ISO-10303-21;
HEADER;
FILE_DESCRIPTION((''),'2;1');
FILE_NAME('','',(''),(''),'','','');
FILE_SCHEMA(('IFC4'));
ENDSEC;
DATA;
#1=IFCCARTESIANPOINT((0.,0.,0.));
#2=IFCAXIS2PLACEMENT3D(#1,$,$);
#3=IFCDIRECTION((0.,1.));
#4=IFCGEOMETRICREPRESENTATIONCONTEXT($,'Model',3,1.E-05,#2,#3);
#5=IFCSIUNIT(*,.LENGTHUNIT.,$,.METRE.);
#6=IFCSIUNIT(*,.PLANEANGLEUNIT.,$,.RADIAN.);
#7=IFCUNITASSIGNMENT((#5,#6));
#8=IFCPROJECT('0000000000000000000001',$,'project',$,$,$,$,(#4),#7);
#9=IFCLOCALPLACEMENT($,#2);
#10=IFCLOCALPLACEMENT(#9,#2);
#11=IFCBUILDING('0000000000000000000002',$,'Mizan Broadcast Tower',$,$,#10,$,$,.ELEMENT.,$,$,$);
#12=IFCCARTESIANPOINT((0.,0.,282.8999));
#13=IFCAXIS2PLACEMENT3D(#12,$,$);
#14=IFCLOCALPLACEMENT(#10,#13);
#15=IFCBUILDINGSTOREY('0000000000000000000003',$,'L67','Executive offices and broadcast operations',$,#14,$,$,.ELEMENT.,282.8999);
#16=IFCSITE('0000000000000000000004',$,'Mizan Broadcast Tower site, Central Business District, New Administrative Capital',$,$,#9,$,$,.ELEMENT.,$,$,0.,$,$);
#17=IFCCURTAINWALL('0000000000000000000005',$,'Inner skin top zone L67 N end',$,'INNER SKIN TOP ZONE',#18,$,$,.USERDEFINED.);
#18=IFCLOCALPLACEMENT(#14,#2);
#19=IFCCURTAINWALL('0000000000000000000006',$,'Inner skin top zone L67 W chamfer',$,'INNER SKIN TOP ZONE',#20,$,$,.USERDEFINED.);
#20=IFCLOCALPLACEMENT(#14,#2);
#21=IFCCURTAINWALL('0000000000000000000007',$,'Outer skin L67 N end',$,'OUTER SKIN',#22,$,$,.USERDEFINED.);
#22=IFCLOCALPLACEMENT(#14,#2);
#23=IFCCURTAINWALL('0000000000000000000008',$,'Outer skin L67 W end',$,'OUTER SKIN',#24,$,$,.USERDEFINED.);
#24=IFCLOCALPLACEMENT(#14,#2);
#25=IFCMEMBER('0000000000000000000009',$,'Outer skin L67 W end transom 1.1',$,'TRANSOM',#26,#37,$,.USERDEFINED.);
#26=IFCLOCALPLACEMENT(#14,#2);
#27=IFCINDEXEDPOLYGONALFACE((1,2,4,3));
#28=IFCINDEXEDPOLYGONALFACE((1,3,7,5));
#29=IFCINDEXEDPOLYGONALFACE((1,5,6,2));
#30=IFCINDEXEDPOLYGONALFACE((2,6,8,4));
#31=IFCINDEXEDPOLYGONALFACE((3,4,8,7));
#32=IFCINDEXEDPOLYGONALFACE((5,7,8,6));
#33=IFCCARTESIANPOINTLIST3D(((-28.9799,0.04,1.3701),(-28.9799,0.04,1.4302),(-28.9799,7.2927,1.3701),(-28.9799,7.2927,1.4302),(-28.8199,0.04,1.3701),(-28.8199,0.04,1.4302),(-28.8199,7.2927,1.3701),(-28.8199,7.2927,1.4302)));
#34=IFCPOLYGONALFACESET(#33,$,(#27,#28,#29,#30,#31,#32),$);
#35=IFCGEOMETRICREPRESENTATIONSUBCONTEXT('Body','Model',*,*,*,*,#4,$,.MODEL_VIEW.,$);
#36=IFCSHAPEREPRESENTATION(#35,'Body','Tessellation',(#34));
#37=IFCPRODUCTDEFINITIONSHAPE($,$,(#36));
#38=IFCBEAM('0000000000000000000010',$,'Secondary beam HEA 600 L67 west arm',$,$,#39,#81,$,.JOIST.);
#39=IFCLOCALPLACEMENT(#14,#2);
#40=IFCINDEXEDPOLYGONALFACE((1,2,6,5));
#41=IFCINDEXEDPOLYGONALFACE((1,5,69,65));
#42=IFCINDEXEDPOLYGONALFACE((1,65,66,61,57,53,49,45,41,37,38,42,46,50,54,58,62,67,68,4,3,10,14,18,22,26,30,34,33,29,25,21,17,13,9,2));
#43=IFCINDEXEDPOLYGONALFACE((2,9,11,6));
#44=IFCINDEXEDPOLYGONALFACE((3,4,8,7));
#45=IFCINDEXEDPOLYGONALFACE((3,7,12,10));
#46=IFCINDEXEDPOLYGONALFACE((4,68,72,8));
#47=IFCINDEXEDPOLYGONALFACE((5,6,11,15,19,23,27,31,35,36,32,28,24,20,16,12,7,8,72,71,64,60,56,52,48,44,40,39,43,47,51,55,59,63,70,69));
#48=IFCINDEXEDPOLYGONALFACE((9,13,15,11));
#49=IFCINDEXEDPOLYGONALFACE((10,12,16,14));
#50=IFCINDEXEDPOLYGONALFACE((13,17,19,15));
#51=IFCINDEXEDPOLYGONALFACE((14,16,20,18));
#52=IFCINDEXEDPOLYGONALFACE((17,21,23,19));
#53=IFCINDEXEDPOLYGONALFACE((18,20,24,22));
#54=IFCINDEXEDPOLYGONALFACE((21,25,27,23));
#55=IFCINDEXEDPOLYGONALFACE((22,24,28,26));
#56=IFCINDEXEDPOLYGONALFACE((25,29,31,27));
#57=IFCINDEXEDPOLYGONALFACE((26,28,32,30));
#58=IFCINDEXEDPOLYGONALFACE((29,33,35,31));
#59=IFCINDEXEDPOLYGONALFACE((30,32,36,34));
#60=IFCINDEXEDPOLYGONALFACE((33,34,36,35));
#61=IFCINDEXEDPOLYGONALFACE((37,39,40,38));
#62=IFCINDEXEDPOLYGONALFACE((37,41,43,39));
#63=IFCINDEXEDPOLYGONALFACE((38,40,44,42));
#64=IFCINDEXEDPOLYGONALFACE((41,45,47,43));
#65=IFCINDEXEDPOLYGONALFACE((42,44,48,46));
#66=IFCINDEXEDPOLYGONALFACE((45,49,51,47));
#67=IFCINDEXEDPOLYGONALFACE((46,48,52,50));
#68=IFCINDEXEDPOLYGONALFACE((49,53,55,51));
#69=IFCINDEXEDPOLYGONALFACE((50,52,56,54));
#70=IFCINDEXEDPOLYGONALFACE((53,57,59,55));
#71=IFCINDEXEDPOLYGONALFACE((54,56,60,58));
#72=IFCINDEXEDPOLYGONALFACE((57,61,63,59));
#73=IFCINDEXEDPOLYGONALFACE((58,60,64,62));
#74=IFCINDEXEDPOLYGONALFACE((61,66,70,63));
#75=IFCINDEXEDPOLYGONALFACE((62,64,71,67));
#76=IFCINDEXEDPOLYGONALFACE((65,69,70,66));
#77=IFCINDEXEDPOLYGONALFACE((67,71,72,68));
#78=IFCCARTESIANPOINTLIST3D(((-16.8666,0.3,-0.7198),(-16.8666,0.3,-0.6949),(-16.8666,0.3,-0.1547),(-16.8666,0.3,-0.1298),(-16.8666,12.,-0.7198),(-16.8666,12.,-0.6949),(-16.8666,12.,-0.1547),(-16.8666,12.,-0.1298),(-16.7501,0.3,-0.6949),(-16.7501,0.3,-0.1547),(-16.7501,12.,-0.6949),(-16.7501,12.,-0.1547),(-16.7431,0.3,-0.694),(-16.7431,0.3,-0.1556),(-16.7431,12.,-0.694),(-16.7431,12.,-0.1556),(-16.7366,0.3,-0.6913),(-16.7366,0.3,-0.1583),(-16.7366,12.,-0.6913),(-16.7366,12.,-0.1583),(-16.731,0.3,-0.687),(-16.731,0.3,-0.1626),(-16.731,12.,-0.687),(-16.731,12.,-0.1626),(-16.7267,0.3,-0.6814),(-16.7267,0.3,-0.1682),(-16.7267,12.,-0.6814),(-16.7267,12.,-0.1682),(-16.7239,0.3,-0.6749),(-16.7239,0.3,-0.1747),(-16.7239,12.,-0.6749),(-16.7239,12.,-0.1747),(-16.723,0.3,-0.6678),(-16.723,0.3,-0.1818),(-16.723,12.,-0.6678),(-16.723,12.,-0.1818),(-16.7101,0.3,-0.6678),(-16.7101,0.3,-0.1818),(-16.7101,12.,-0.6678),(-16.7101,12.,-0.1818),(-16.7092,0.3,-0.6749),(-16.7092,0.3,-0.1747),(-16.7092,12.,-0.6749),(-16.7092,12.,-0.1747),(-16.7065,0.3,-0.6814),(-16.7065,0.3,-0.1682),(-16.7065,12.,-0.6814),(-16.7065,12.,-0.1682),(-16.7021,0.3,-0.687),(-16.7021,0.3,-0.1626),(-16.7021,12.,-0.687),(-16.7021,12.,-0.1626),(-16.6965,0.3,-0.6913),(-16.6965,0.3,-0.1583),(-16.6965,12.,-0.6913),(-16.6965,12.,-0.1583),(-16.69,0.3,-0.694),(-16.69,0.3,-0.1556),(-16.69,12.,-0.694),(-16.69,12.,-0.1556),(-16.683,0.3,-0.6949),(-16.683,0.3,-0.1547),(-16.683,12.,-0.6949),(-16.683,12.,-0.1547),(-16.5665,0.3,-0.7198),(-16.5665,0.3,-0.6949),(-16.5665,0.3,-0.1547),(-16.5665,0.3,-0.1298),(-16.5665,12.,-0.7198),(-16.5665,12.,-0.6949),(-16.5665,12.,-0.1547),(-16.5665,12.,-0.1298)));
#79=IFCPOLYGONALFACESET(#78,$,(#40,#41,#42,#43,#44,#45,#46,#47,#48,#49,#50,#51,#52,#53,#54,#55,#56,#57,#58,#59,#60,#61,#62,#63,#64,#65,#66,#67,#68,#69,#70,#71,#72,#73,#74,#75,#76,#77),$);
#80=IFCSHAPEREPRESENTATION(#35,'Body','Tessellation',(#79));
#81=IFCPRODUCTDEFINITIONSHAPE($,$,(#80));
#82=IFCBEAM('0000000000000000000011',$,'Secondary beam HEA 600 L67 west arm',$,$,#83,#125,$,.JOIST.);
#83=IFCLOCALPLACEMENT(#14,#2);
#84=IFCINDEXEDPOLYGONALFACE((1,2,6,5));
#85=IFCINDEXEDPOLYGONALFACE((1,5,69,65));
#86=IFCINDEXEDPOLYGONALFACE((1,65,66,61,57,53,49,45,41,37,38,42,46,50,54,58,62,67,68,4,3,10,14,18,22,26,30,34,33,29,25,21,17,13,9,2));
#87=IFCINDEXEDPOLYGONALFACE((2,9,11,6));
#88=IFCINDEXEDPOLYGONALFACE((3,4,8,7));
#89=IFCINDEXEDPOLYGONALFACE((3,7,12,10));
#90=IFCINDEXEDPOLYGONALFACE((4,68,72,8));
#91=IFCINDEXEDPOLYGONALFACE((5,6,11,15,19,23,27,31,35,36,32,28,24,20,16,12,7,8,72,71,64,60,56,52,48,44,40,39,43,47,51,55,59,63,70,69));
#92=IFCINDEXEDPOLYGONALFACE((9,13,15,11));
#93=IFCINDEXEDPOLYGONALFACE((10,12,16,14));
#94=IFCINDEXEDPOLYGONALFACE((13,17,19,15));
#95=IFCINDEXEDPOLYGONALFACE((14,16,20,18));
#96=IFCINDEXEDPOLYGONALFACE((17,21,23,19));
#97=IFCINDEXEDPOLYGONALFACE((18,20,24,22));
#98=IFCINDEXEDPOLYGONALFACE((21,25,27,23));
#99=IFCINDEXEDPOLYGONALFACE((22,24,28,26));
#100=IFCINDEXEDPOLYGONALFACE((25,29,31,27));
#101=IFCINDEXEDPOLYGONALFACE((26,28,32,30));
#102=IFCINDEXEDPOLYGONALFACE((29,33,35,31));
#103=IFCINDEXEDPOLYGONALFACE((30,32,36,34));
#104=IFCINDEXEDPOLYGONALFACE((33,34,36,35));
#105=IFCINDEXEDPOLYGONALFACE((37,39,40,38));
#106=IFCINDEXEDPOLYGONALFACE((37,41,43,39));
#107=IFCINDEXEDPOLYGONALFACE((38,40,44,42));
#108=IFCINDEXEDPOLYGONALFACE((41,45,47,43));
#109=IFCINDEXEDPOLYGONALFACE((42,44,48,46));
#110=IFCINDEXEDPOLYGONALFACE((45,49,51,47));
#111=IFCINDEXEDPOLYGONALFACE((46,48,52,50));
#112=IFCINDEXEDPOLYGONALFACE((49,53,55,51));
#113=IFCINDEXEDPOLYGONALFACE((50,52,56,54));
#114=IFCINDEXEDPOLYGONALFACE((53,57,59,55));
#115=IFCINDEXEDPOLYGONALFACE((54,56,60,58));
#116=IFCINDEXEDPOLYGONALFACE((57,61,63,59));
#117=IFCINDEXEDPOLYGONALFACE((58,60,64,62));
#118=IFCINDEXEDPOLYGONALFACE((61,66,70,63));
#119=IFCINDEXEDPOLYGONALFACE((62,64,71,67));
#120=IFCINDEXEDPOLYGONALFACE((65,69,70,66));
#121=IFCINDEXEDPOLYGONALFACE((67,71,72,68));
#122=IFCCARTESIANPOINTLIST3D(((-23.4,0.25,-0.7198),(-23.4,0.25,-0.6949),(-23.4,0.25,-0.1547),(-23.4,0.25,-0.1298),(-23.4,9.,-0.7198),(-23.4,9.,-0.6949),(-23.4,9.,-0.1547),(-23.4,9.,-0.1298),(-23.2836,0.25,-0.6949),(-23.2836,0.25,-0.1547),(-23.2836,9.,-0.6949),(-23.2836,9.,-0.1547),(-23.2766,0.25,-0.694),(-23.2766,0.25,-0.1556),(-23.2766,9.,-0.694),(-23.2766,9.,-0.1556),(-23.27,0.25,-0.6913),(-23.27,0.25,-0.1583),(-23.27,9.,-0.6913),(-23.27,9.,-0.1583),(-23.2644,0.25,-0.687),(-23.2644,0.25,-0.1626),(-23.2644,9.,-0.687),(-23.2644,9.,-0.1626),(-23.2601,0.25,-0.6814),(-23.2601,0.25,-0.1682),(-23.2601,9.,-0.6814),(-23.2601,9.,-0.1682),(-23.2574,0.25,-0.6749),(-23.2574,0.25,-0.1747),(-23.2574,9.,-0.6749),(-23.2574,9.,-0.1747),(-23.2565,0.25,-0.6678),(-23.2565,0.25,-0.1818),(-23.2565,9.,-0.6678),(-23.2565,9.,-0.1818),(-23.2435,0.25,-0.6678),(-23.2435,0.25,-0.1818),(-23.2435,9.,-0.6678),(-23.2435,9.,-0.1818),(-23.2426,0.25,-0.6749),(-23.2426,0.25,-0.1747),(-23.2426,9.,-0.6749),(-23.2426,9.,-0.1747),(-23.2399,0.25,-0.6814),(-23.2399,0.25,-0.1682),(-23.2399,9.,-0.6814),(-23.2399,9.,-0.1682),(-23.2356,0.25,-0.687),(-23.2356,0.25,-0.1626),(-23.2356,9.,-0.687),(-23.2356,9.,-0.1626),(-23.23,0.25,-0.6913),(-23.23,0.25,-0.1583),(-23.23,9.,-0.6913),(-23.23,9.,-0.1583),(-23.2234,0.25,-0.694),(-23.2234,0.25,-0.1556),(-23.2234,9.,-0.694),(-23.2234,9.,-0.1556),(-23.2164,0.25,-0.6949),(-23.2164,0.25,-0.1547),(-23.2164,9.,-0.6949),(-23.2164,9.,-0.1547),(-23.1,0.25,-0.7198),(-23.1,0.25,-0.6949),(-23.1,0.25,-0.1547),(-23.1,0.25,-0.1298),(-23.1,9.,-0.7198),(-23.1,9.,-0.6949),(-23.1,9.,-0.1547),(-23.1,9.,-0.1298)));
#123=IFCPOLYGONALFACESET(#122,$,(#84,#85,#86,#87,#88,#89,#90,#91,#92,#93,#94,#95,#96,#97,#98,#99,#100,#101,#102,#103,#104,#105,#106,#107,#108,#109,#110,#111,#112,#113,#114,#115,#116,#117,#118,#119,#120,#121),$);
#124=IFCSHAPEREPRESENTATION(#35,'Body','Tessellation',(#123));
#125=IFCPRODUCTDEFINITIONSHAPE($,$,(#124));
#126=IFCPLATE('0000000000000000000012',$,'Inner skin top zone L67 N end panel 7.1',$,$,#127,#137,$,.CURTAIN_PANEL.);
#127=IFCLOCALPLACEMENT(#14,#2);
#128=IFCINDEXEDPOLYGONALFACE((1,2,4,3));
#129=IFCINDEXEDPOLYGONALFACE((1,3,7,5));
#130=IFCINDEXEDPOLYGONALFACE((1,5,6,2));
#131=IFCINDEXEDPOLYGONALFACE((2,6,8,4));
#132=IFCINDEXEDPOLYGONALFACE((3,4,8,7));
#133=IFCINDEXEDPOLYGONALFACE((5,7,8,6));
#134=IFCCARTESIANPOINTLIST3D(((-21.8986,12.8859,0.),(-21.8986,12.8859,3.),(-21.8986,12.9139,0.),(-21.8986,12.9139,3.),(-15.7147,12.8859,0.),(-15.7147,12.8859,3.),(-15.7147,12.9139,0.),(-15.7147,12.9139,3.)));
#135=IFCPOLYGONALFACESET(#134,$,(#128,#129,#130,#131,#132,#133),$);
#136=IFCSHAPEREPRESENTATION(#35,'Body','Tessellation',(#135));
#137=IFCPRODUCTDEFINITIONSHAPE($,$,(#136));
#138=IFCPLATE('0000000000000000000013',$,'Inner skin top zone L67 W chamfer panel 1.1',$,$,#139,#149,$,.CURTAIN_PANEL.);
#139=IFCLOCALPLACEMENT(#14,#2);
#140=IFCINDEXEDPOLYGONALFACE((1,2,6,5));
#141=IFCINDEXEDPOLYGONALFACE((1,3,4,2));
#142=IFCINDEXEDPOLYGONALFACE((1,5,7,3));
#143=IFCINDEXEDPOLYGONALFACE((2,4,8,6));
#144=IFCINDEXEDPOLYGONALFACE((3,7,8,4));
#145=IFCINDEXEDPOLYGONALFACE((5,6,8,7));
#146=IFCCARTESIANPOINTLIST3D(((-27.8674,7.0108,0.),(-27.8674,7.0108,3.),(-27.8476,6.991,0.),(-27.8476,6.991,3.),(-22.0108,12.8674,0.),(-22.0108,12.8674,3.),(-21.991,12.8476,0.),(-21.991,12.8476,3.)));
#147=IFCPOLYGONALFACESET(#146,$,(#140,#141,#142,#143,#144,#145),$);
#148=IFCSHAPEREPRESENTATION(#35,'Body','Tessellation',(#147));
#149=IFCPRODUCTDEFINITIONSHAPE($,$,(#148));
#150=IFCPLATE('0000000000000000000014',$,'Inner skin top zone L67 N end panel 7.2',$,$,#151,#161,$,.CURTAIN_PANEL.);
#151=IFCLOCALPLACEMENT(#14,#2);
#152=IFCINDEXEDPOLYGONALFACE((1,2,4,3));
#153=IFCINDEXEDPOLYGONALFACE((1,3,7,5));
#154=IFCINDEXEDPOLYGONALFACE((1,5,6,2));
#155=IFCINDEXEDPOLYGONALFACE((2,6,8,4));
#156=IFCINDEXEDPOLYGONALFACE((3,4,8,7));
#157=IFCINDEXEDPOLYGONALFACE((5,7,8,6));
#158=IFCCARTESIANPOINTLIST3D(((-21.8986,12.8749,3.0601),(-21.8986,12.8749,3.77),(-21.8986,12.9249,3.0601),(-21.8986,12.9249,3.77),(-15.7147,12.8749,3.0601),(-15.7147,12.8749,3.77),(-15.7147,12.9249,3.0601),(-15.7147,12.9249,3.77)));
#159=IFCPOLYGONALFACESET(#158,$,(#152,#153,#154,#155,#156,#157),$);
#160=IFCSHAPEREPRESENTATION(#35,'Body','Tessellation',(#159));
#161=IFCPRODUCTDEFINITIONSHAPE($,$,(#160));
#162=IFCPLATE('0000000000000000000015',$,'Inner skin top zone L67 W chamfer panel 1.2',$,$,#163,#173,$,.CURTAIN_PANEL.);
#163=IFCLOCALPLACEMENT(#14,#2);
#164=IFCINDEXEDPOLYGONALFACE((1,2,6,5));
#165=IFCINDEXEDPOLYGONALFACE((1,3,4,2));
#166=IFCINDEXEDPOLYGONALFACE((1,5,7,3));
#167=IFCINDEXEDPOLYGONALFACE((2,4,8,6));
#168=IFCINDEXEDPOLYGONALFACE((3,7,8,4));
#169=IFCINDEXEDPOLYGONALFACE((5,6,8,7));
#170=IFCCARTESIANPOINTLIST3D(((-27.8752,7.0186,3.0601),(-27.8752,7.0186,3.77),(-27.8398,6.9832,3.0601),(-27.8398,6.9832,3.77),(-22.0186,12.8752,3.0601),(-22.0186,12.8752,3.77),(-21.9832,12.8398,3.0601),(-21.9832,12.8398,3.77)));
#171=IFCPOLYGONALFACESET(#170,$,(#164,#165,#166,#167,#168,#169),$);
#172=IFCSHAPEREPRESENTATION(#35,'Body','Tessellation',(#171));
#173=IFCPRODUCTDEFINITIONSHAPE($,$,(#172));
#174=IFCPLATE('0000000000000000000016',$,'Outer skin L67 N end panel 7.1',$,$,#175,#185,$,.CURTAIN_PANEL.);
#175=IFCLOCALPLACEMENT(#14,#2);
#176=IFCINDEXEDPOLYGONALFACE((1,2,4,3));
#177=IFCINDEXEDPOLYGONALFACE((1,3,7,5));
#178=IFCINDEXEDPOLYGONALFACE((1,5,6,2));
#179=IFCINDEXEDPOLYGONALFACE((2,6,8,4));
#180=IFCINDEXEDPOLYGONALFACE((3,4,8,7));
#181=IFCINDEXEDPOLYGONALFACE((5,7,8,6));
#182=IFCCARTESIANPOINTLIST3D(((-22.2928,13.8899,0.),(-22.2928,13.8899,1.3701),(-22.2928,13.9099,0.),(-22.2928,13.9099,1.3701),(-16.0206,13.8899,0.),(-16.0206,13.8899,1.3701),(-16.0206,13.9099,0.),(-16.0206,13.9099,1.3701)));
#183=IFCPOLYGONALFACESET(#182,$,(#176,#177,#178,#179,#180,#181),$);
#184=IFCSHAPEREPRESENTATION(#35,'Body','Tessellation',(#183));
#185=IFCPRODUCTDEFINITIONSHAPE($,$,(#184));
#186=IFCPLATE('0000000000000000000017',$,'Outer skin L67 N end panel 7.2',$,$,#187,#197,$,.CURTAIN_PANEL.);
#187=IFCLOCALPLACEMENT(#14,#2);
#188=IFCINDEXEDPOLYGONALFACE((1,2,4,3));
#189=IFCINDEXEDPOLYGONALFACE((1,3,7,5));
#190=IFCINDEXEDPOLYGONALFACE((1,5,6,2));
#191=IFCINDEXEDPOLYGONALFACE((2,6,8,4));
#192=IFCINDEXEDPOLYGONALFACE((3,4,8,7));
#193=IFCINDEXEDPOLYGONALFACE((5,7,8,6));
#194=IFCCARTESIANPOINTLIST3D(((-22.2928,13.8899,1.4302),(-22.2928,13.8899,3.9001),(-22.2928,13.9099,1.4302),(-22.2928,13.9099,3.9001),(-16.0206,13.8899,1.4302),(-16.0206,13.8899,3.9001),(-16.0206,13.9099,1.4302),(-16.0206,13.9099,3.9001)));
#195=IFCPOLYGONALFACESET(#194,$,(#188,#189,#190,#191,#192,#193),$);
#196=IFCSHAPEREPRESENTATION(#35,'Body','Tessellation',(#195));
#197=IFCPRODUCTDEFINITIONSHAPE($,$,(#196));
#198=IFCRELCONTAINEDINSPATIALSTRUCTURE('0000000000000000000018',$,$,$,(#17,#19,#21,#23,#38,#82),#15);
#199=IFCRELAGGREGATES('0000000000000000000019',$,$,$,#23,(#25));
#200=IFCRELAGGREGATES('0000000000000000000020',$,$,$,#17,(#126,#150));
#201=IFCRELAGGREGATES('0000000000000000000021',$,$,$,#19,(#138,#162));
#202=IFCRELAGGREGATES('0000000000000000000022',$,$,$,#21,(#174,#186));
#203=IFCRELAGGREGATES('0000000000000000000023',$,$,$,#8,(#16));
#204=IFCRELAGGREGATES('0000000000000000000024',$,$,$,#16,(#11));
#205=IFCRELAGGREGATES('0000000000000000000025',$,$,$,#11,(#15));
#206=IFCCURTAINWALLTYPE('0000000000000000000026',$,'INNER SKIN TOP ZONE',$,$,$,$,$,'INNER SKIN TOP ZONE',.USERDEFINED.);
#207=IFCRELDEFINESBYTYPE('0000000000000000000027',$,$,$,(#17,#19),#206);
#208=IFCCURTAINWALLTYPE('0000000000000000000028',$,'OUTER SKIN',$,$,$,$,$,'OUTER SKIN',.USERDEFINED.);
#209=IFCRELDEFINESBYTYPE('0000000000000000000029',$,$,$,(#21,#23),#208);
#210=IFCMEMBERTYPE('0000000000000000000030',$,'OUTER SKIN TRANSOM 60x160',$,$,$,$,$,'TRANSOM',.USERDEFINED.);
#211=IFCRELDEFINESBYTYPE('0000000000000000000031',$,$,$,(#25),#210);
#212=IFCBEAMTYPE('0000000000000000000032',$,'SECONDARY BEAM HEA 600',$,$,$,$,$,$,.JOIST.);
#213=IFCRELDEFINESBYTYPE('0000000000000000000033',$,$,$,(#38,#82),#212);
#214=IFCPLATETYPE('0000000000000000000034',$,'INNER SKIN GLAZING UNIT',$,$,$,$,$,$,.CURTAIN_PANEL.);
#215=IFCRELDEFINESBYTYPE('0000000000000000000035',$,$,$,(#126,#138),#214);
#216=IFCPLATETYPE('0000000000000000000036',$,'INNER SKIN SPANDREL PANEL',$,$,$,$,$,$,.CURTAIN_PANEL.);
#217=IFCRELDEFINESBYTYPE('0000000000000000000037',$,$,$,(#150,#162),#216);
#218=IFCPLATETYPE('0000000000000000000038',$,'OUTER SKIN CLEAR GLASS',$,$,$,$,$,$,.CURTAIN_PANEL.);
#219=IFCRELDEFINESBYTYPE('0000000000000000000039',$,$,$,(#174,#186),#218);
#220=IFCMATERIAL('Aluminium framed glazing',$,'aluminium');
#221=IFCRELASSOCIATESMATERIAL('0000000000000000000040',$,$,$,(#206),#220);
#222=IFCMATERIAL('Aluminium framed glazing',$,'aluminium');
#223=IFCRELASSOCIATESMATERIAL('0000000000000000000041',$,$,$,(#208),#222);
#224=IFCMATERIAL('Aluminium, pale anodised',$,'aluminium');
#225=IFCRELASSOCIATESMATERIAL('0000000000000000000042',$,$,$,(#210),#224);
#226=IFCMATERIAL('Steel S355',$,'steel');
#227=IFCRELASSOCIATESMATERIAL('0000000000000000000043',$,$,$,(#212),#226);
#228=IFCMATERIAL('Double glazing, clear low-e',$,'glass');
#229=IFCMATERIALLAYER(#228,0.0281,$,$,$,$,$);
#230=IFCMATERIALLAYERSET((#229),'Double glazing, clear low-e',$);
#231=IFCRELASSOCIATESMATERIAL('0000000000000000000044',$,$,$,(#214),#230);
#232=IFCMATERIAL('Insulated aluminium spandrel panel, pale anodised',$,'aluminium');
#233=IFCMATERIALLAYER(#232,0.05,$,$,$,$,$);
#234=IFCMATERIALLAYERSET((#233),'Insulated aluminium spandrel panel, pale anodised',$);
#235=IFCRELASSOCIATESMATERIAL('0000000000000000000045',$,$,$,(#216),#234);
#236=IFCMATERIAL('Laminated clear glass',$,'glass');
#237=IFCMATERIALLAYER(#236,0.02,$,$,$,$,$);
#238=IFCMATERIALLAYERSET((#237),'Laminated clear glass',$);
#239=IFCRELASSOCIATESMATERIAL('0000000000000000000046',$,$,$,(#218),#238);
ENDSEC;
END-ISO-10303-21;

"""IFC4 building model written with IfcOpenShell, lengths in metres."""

from ifc_helpers import new_model, si_unit, direction, frame, origin, origin_2d, place, context, subcontext, project, spatial, rectangle, i_section, extrude, material, layer, layer_set, material_profile, profile_set, type_object, element, aggregate, save


model = new_model("IFC4")

# Units and contexts
model_context = context("Model", 3, precision=1e-05, world=origin(), true_north=direction((0.0, 1.0)))
body_context = subcontext(model_context, "Body", "Model", "MODEL_VIEW")
ifc_project = project(units=[si_unit("LENGTHUNIT", "METRE"), si_unit("PLANEANGLEUNIT", "RADIAN")], contexts=[model_context])

# Site, building, storey
site_placement = place(None, origin())
site = spatial("IfcSite", under=ifc_project, at=site_placement, Name="Mizan Broadcast Tower site, Central Business District, New Administrative Capital", CompositionType="ELEMENT", RefElevation=0.0)
building_placement = place(site_placement, origin())
building = spatial("IfcBuilding", under=site, at=building_placement, Name="Mizan Broadcast Tower", CompositionType="ELEMENT")
storey_placement = place(building_placement, frame((0.0, 0.0, 282.8999)))
storey = spatial("IfcBuildingStorey", under=building, at=storey_placement, Name="L67", Description="Executive offices and broadcast operations", CompositionType="ELEMENT", Elevation=282.8999)

# Curtain walls
ifc_material_1 = material(Name="Aluminium framed glazing", Category="aluminium")
curtain_wall_type_1 = type_object("IfcCurtainWallType", Name="INNER SKIN TOP ZONE", ElementType="INNER SKIN TOP ZONE", PredefinedType="USERDEFINED", material=ifc_material_1)
curtain_wall_1_placement = place(storey_placement, origin())
curtain_wall_1 = element("IfcCurtainWall", 1, at=curtain_wall_1_placement, inside=storey, type_object=curtain_wall_type_1, Name="Inner skin top zone L67 N end", ObjectType="INNER SKIN TOP ZONE", PredefinedType="USERDEFINED")
curtain_wall_2_placement = place(storey_placement, origin())
curtain_wall_2 = element("IfcCurtainWall", 2, at=curtain_wall_2_placement, inside=storey, type_object=curtain_wall_type_1, Name="Inner skin top zone L67 W chamfer", ObjectType="INNER SKIN TOP ZONE", PredefinedType="USERDEFINED")
ifc_material_2 = material(Name="Aluminium framed glazing", Category="aluminium")
curtain_wall_type_2 = type_object("IfcCurtainWallType", Name="OUTER SKIN", ElementType="OUTER SKIN", PredefinedType="USERDEFINED", material=ifc_material_2)
curtain_wall_3_placement = place(storey_placement, origin())
curtain_wall_3 = element("IfcCurtainWall", 3, at=curtain_wall_3_placement, inside=storey, type_object=curtain_wall_type_2, Name="Outer skin L67 N end", ObjectType="OUTER SKIN", PredefinedType="USERDEFINED")

# Shared definitions
ifc_material_3 = material(Name="Aluminium, pale anodised", Category="aluminium")
ifc_material_profile_1 = material_profile(ifc_material_3, rectangle(XDim=0.1599, YDim=0.0601, at=origin_2d()), Name="TRANSOM 160x60")
ifc_profile_set_1 = profile_set([ifc_material_profile_1], Name="Aluminium, pale anodised")
member_type_1 = type_object("IfcMemberType", Name="OUTER SKIN TRANSOM 60x160", ElementType="TRANSOM", PredefinedType="USERDEFINED", material=ifc_profile_set_1)

# Curtain wall, member
curtain_wall_4_placement = place(storey_placement, origin())
curtain_wall_4 = element("IfcCurtainWall", 4, at=curtain_wall_4_placement, inside=storey, type_object=curtain_wall_type_2, Name="Outer skin L67 W end", ObjectType="OUTER SKIN", PredefinedType="USERDEFINED")
member_1_placement = place(storey_placement, frame((-28.8999, 7.2927, 1.4001), z_axis=(0.0, -1.0, 0.0), x_axis=(1.0, 0.0, 0.0)))
member_1 = element("IfcMember", 5, at=member_1_placement, type_object=member_type_1, Name="Outer skin L67 W end transom 1.1", ObjectType="TRANSOM", PredefinedType="USERDEFINED", context=body_context, shape_type="SweptSolid", body=[
    extrude(rectangle(XDim=0.1599, YDim=0.0601, at=origin_2d()), origin(), (0.0, 0.0, 1.0), 7.2527),
])
aggregate(curtain_wall_4, [member_1])

# Beams
ifc_material_4 = material(Name="Steel S355", Category="steel")
ifc_material_profile_2 = material_profile(ifc_material_4, i_section(OverallWidth=0.3, OverallDepth=0.5901, WebThickness=0.0129, FlangeThickness=0.0249, FilletRadius=0.0271, at=origin_2d()), Name="HEA 600")
ifc_profile_set_2 = profile_set([ifc_material_profile_2], Name="Steel S355")
beam_type_1 = type_object("IfcBeamType", Name="SECONDARY BEAM HEA 600", PredefinedType="JOIST", material=ifc_profile_set_2)
beam_1_placement = place(storey_placement, frame((-16.7166, 12.0, -0.4248), z_axis=(0.0, -1.0, 0.0), x_axis=(1.0, 0.0, 0.0)))
element("IfcBeam", 6, at=beam_1_placement, inside=storey, type_object=beam_type_1, Name="Secondary beam HEA 600 L67 west arm", PredefinedType="JOIST", context=body_context, shape_type="SweptSolid", body=[
    extrude(i_section(OverallWidth=0.3, OverallDepth=0.5901, WebThickness=0.0129, FlangeThickness=0.0249, FilletRadius=0.0271, at=origin_2d()), origin(), (0.0, 0.0, 1.0), 11.7),
])
beam_2_placement = place(storey_placement, frame((-23.25, 9.0, -0.4248), z_axis=(0.0, -1.0, 0.0), x_axis=(1.0, 0.0, 0.0)))
element("IfcBeam", 7, at=beam_2_placement, inside=storey, type_object=beam_type_1, Name="Secondary beam HEA 600 L67 west arm", PredefinedType="JOIST", context=body_context, shape_type="SweptSolid", body=[
    extrude(i_section(OverallWidth=0.3, OverallDepth=0.5901, WebThickness=0.0129, FlangeThickness=0.0249, FilletRadius=0.0271, at=origin_2d()), origin(), (0.0, 0.0, 1.0), 8.75),
])

# Plates
ifc_material_5 = material(Name="Double glazing, clear low-e", Category="glass")
ifc_layer_1 = layer(ifc_material_5, 0.0281)
ifc_layer_set_1 = layer_set([ifc_layer_1], Name="Double glazing, clear low-e")
plate_type_1 = type_object("IfcPlateType", Name="INNER SKIN GLAZING UNIT", PredefinedType="CURTAIN_PANEL", material=ifc_layer_set_1)
plate_1_placement = place(storey_placement, frame((-18.8066, 12.8999, 0.0), z_axis=(0.0, 0.0, 1.0), x_axis=(-1.0, 0.0, 0.0)))
plate_1 = element("IfcPlate", 8, at=plate_1_placement, type_object=plate_type_1, Name="Inner skin top zone L67 N end panel 7.1", PredefinedType="CURTAIN_PANEL", context=body_context, shape_type="SweptSolid", body=[
    extrude(rectangle(XDim=6.1838, YDim=0.0281, at=origin_2d()), origin(), (0.0, 0.0, 1.0), 3.0),
])
plate_2_placement = place(storey_placement, frame((-24.9292, 9.9292, 0.0), z_axis=(0.0, 0.0, 1.0), x_axis=(-0.707107, -0.707107, 0.0)))
plate_2 = element("IfcPlate", 9, at=plate_2_placement, type_object=plate_type_1, Name="Inner skin top zone L67 W chamfer panel 1.1", PredefinedType="CURTAIN_PANEL", context=body_context, shape_type="SweptSolid", body=[
    extrude(rectangle(XDim=8.2825, YDim=0.0281, at=origin_2d()), origin(), (0.0, 0.0, 1.0), 3.0),
])
ifc_material_6 = material(Name="Insulated aluminium spandrel panel, pale anodised", Category="aluminium")
ifc_layer_2 = layer(ifc_material_6, 0.05)
ifc_layer_set_2 = layer_set([ifc_layer_2], Name="Insulated aluminium spandrel panel, pale anodised")
plate_type_2 = type_object("IfcPlateType", Name="INNER SKIN SPANDREL PANEL", PredefinedType="CURTAIN_PANEL", material=ifc_layer_set_2)
plate_3_placement = place(storey_placement, frame((-18.8066, 12.8999, 3.0601), z_axis=(0.0, 0.0, 1.0), x_axis=(-1.0, 0.0, 0.0)))
plate_3 = element("IfcPlate", 10, at=plate_3_placement, type_object=plate_type_2, Name="Inner skin top zone L67 N end panel 7.2", PredefinedType="CURTAIN_PANEL", context=body_context, shape_type="SweptSolid", body=[
    extrude(rectangle(XDim=6.1838, YDim=0.05, at=origin_2d()), origin(), (0.0, 0.0, 1.0), 0.71),
])
aggregate(curtain_wall_1, [plate_1, plate_3])
plate_4_placement = place(storey_placement, frame((-24.9292, 9.9292, 3.0601), z_axis=(0.0, 0.0, 1.0), x_axis=(-0.707107, -0.707107, 0.0)))
plate_4 = element("IfcPlate", 11, at=plate_4_placement, type_object=plate_type_2, Name="Inner skin top zone L67 W chamfer panel 1.2", PredefinedType="CURTAIN_PANEL", context=body_context, shape_type="SweptSolid", body=[
    extrude(rectangle(XDim=8.2825, YDim=0.05, at=origin_2d()), origin(), (0.0, 0.0, 1.0), 0.71),
])
aggregate(curtain_wall_2, [plate_2, plate_4])
ifc_material_7 = material(Name="Laminated clear glass", Category="glass")
ifc_layer_3 = layer(ifc_material_7, 0.02)
ifc_layer_set_3 = layer_set([ifc_layer_3], Name="Laminated clear glass")
plate_type_3 = type_object("IfcPlateType", Name="OUTER SKIN CLEAR GLASS", PredefinedType="CURTAIN_PANEL", material=ifc_layer_set_3)
plate_5_placement = place(storey_placement, frame((-19.1567, 13.8999, 0.0), z_axis=(0.0, 0.0, 1.0), x_axis=(-1.0, 0.0, 0.0)))
plate_5 = element("IfcPlate", 12, at=plate_5_placement, type_object=plate_type_3, Name="Outer skin L67 N end panel 7.1", PredefinedType="CURTAIN_PANEL", context=body_context, shape_type="SweptSolid", body=[
    extrude(rectangle(XDim=6.2722, YDim=0.02, at=origin_2d()), origin(), (0.0, 0.0, 1.0), 1.3701),
])
plate_6_placement = place(storey_placement, frame((-19.1567, 13.8999, 1.4302), z_axis=(0.0, 0.0, 1.0), x_axis=(-1.0, 0.0, 0.0)))
plate_6 = element("IfcPlate", 13, at=plate_6_placement, type_object=plate_type_3, Name="Outer skin L67 N end panel 7.2", PredefinedType="CURTAIN_PANEL", context=body_context, shape_type="SweptSolid", body=[
    extrude(rectangle(XDim=6.2722, YDim=0.02, at=origin_2d()), origin(), (0.0, 0.0, 1.0), 2.47),
])
aggregate(curtain_wall_3, [plate_5, plate_6])

save(model, "model.ifc")
